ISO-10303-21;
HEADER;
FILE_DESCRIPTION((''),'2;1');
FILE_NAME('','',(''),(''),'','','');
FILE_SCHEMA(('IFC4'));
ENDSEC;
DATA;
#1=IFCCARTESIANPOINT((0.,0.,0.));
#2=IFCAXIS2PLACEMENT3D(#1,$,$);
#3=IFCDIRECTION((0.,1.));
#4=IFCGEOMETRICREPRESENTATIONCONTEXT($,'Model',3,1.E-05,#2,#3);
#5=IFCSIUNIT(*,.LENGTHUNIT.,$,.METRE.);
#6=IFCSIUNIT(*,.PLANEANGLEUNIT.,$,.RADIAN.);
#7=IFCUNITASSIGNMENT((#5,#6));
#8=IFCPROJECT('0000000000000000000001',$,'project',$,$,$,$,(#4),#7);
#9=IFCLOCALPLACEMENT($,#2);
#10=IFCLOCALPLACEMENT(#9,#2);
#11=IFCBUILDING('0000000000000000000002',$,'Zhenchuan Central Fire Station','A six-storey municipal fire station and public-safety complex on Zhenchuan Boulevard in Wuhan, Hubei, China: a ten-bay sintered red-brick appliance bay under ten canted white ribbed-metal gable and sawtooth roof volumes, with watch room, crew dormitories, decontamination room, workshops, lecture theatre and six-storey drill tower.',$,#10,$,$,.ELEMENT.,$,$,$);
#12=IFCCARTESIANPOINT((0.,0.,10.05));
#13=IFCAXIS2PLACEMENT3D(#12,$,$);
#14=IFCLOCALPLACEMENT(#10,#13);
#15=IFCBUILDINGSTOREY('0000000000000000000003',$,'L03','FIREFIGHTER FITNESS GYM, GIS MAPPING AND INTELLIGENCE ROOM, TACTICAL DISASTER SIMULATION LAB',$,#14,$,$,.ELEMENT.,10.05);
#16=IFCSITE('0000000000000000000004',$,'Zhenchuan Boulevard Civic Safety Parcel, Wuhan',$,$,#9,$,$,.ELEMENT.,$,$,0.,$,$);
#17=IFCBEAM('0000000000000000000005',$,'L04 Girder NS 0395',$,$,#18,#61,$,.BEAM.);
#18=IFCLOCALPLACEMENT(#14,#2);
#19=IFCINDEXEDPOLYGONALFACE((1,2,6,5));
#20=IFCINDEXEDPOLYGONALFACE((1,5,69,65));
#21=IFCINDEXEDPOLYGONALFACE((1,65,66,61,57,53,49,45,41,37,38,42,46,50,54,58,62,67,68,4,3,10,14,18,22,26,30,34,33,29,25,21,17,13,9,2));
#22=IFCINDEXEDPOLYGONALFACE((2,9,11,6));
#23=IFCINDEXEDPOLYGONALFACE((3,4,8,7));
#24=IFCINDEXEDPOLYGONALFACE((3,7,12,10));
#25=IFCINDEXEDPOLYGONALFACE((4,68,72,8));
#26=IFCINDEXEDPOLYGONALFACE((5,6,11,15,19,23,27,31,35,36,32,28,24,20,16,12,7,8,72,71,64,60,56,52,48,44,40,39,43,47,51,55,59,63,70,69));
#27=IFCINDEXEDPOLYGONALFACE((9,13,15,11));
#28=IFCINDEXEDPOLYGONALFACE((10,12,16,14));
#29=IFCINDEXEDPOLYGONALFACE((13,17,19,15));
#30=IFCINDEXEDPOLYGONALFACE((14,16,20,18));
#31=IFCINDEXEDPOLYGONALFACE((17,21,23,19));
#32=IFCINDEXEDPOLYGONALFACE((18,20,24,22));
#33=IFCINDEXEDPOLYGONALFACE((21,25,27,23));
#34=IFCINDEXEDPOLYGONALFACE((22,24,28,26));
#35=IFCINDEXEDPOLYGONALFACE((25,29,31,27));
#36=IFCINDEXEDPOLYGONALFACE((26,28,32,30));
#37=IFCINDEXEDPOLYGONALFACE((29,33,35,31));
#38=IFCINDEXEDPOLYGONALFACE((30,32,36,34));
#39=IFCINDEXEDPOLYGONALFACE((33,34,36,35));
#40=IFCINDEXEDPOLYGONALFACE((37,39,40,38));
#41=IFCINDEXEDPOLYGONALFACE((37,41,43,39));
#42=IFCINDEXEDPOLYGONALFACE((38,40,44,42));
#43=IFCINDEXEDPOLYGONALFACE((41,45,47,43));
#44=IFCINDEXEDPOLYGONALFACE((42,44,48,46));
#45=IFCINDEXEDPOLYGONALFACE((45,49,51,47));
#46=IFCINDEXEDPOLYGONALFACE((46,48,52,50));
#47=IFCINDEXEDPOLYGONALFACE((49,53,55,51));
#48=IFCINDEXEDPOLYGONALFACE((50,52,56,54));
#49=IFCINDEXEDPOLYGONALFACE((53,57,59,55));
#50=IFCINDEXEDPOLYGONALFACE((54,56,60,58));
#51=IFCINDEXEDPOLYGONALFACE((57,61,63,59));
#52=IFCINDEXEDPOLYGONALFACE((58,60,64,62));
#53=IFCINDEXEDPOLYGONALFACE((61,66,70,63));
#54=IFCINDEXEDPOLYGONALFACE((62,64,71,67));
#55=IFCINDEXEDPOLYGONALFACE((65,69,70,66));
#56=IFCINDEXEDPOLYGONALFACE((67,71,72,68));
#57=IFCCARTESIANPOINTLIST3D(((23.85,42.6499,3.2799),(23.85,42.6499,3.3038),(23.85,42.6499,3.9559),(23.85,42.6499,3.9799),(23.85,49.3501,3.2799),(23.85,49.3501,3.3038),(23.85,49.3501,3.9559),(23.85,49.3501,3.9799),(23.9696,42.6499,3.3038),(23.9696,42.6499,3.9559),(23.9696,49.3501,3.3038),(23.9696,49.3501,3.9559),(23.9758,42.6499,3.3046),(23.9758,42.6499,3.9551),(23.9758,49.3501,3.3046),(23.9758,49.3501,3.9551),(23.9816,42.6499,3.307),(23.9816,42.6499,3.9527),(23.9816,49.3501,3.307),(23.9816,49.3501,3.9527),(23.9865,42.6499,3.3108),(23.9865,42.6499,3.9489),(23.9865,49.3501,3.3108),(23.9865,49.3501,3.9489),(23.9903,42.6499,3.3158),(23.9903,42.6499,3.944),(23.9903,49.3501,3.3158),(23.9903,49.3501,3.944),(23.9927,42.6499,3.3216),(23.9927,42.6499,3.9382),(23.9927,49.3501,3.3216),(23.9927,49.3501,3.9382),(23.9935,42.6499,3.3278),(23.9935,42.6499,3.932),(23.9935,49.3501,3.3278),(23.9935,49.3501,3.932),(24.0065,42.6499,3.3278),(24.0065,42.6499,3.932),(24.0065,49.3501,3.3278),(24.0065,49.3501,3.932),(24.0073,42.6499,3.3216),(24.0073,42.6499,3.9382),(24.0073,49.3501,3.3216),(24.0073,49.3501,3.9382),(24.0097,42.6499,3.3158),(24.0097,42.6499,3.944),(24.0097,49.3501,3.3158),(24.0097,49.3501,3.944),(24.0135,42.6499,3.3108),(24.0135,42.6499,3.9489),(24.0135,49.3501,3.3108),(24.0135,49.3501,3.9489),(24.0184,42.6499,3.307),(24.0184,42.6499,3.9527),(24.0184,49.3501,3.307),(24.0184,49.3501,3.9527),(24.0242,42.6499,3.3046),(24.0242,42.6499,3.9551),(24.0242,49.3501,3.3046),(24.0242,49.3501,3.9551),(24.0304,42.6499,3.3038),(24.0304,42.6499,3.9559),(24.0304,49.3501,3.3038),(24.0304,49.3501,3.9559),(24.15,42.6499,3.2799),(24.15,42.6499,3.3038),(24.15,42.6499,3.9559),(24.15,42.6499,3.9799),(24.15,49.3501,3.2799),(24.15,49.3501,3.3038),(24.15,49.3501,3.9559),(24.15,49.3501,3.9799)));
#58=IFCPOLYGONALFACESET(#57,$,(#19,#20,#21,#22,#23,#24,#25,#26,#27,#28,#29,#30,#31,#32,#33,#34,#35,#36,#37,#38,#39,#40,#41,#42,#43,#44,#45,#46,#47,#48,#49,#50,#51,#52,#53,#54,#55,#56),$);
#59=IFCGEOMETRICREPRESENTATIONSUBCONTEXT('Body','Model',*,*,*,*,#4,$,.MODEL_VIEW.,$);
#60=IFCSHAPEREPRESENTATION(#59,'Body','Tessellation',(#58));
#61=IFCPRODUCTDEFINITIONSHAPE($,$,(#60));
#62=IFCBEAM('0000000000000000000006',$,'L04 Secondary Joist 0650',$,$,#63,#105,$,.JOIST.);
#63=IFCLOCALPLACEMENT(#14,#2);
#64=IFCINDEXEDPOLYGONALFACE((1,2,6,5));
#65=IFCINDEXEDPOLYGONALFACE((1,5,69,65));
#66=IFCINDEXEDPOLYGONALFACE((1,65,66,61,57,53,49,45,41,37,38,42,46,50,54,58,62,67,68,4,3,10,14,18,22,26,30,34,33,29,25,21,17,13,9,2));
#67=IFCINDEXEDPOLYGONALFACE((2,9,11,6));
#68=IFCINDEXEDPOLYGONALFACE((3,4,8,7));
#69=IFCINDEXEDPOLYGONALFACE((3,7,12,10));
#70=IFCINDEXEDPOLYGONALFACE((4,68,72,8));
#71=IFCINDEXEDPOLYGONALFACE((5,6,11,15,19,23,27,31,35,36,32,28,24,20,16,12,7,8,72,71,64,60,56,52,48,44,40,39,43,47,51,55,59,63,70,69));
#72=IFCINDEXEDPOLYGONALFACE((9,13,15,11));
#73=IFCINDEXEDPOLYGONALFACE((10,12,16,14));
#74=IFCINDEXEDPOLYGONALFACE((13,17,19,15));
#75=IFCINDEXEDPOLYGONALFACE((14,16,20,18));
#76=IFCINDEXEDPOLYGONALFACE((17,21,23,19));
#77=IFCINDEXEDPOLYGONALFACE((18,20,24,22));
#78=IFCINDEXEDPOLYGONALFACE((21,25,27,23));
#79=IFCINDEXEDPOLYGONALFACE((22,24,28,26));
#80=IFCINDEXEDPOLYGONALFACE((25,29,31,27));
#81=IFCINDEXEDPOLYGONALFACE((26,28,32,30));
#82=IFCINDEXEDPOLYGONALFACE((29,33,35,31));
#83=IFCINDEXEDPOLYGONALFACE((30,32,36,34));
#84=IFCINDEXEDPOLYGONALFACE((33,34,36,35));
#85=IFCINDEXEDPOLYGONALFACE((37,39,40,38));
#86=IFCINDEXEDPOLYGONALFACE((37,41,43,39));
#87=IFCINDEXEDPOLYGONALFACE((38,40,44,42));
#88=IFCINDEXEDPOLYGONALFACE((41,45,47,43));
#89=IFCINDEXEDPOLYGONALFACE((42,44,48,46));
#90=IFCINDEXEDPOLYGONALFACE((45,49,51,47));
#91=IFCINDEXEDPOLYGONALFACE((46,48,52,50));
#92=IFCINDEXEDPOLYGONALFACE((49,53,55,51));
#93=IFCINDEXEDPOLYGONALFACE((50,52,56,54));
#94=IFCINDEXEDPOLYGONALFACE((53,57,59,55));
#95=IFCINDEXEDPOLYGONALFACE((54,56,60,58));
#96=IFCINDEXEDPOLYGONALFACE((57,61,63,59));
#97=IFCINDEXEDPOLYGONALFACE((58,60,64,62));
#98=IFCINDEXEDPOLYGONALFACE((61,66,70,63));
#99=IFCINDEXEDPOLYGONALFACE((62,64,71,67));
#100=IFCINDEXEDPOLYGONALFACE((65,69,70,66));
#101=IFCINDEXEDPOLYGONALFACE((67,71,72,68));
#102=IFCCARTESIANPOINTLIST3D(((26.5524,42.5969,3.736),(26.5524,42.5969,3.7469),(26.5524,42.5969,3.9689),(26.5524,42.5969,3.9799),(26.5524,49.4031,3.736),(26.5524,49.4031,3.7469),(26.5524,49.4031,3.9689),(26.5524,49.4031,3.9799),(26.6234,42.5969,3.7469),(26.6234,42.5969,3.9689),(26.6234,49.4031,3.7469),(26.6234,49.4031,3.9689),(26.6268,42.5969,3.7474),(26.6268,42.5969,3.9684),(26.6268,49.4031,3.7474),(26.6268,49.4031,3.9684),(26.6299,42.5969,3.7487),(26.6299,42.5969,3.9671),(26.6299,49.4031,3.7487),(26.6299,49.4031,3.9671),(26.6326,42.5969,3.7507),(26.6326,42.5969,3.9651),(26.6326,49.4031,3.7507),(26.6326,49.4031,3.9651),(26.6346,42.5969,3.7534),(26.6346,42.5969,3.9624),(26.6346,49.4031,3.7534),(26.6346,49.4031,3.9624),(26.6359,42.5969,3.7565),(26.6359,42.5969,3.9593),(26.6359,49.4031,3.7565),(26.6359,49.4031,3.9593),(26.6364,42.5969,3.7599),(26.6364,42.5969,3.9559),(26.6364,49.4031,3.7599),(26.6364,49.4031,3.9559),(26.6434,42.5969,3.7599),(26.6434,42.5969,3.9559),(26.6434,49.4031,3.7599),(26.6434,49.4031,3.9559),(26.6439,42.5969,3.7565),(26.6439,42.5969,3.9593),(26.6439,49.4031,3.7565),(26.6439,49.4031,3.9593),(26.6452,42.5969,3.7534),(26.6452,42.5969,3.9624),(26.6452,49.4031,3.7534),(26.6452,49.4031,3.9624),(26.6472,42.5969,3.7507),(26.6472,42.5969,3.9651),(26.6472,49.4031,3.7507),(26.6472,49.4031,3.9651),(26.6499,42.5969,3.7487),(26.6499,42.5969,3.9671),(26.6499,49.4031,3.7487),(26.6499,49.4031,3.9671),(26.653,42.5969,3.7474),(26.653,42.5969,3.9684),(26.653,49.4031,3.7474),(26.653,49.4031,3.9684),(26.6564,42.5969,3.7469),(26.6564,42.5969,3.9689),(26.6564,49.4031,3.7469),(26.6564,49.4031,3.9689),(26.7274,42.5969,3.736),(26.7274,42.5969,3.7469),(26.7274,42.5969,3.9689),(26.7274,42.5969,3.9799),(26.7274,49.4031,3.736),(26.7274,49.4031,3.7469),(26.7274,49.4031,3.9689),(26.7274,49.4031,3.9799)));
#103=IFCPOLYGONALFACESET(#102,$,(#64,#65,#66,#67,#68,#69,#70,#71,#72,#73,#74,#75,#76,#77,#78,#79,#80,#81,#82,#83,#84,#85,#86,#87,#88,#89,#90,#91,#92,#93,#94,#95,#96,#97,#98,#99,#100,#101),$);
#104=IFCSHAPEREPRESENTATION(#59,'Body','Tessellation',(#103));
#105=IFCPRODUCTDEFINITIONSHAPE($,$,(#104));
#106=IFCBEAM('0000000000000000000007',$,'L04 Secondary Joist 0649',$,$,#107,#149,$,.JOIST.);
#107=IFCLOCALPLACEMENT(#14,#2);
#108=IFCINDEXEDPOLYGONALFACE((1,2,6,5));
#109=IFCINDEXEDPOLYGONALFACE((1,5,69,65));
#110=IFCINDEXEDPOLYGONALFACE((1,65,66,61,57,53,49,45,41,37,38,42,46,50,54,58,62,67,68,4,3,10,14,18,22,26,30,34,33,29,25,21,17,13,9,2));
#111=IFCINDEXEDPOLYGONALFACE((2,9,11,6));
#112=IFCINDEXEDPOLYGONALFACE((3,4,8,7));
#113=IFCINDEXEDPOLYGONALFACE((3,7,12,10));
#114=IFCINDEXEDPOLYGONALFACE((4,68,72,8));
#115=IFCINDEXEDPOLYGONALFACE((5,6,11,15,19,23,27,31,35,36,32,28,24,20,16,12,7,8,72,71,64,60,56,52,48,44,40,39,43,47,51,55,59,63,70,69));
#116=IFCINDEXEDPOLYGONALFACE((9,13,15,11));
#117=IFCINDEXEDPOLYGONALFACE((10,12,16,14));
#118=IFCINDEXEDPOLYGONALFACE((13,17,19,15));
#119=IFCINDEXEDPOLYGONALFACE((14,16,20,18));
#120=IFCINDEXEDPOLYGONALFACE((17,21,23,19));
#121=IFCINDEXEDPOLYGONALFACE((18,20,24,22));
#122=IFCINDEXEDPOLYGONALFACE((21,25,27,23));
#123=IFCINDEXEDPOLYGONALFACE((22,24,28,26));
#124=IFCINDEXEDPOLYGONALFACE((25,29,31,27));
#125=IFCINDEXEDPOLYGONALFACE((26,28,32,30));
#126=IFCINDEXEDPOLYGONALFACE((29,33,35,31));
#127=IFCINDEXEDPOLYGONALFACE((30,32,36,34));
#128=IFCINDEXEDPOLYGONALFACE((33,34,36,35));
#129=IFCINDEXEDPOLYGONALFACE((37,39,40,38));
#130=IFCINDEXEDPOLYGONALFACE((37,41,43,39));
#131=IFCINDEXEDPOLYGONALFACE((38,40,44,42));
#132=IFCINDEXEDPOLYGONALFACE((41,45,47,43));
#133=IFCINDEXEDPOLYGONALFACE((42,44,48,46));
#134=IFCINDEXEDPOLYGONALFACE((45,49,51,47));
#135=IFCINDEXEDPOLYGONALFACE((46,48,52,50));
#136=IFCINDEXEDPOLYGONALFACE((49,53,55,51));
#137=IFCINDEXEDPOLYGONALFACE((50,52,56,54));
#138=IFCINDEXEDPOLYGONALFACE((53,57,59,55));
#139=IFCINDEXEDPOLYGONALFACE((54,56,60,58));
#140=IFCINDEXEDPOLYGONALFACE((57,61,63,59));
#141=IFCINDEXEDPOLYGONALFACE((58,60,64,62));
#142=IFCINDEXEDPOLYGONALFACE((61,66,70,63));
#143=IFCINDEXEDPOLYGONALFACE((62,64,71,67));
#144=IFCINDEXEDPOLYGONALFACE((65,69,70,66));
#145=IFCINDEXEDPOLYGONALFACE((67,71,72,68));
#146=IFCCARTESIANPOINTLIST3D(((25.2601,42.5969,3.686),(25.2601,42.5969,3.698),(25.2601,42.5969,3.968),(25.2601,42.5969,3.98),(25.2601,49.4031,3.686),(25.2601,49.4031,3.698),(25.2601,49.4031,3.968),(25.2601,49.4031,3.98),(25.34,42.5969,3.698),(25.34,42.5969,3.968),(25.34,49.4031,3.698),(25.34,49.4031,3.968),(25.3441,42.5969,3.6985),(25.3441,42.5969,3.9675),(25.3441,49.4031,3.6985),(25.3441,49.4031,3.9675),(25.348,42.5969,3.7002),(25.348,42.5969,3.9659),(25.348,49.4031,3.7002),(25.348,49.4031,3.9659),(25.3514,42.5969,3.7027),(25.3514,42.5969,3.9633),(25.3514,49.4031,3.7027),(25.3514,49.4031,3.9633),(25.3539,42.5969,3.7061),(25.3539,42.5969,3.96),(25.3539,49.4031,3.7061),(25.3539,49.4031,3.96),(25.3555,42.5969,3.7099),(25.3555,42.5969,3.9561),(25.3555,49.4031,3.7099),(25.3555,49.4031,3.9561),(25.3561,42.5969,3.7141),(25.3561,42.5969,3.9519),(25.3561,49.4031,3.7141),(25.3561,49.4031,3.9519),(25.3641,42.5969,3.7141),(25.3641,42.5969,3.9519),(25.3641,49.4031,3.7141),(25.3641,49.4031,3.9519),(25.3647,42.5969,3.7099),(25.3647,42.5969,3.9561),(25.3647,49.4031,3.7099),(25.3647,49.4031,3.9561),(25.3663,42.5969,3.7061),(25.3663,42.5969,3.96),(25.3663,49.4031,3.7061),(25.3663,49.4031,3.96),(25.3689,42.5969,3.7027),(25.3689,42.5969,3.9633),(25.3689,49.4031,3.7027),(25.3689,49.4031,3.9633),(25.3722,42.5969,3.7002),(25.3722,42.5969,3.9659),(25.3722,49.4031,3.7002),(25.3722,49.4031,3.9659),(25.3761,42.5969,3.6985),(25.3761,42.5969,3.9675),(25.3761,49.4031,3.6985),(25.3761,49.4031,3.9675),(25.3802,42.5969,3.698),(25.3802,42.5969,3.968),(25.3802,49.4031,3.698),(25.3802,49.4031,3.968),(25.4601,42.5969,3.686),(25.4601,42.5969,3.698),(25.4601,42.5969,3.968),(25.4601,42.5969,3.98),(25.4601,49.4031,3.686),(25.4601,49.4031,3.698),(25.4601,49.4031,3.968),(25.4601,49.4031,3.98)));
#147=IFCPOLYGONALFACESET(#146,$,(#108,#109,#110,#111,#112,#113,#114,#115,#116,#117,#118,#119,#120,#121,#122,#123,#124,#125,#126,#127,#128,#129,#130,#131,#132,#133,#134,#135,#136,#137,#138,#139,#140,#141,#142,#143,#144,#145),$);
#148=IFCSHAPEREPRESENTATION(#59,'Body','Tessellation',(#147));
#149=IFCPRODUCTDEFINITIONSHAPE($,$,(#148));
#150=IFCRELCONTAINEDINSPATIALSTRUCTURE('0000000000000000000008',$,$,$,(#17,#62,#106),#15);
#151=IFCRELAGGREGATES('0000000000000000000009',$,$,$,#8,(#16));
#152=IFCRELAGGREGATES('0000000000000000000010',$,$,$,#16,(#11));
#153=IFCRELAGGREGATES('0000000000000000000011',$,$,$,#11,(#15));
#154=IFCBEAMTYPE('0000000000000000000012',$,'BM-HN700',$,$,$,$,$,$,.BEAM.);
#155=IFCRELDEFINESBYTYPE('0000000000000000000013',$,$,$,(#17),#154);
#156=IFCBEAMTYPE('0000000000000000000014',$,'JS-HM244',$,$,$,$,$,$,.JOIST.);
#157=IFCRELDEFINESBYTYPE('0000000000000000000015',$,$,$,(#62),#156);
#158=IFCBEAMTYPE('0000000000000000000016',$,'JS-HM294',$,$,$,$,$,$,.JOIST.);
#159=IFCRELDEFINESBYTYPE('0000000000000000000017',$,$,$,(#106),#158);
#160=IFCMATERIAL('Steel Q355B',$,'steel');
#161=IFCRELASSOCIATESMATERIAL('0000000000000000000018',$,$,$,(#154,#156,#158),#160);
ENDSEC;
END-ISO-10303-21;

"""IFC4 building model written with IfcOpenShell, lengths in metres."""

from ifc_helpers import new_model, si_unit, direction, frame, origin, origin_2d, place, context, subcontext, project, spatial, i_section, extrude, material, material_profile, profile_set, type_object, element, save


model = new_model("IFC4")

# Units and contexts
model_context = context("Model", 3, precision=1e-05, world=origin(), true_north=direction((0.0, 1.0)))
body_context = subcontext(model_context, "Body", "Model", "MODEL_VIEW")
ifc_project = project(units=[si_unit("LENGTHUNIT", "METRE"), si_unit("PLANEANGLEUNIT", "RADIAN")], contexts=[model_context])

# Site, building, storey
site_placement = place(None, origin())
site = spatial("IfcSite", under=ifc_project, at=site_placement, Name="Zhenchuan Boulevard Civic Safety Parcel, Wuhan", CompositionType="ELEMENT", RefElevation=0.0)
building_placement = place(site_placement, origin())
building = spatial("IfcBuilding", under=site, at=building_placement, Name="Zhenchuan Central Fire Station", Description="A six-storey municipal fire station and public-safety complex on Zhenchuan Boulevard in Wuhan, Hubei, China: a ten-bay sintered red-brick appliance bay under ten canted white ribbed-metal gable and sawtooth roof volumes, with watch room, crew dormitories, decontamination room, workshops, lecture theatre and six-storey drill tower.", CompositionType="ELEMENT")
storey_placement = place(building_placement, frame((0.0, 0.0, 10.05)))
storey = spatial("IfcBuildingStorey", under=building, at=storey_placement, Name="L03", Description="FIREFIGHTER FITNESS GYM, GIS MAPPING AND INTELLIGENCE ROOM, TACTICAL DISASTER SIMULATION LAB", CompositionType="ELEMENT", Elevation=10.05)

# Shared definitions
ifc_material_1 = material(Name="Steel Q355B", Category="steel")

# Beams
ifc_material_profile_1 = material_profile(ifc_material_1, i_section(OverallWidth=0.3, OverallDepth=0.7, WebThickness=0.0129, FlangeThickness=0.0239, FilletRadius=0.0239, at=origin_2d()), Name="HN 700x300")
ifc_profile_set_1 = profile_set([ifc_material_profile_1], Name="Steel Q355B")
beam_type_1 = type_object("IfcBeamType", Name="BM-HN700", PredefinedType="BEAM", material=ifc_profile_set_1)
beam_1_placement = place(storey_placement, frame((24.0, 42.6499, 3.6299), z_axis=(0.0, 1.0, 0.0), x_axis=(-1.0, 0.0, 0.0)))
element("IfcBeam", 1, at=beam_1_placement, inside=storey, type_object=beam_type_1, Name="L04 Girder NS 0395", PredefinedType="BEAM", context=body_context, shape_type="SweptSolid", body=[
    extrude(i_section(OverallWidth=0.3, OverallDepth=0.7, WebThickness=0.0129, FlangeThickness=0.0239, FilletRadius=0.0239, at=origin_2d()), origin(), (0.0, 0.0, 1.0), 6.7002),
])
ifc_material_profile_2 = material_profile(ifc_material_1, i_section(OverallWidth=0.175, OverallDepth=0.2439, WebThickness=0.0071, FlangeThickness=0.011, FilletRadius=0.0129, at=origin_2d()), Name="HM 244x175")
ifc_profile_set_2 = profile_set([ifc_material_profile_2], Name="Steel Q355B")
beam_type_2 = type_object("IfcBeamType", Name="JS-HM244", PredefinedType="JOIST", material=ifc_profile_set_2)
beam_2_placement = place(storey_placement, frame((26.6399, 42.5969, 3.8579), z_axis=(0.0, 1.0, 0.0), x_axis=(-1.0, 0.0, 0.0)))
element("IfcBeam", 2, at=beam_2_placement, inside=storey, type_object=beam_type_2, Name="L04 Secondary Joist 0650", PredefinedType="JOIST", context=body_context, shape_type="SweptSolid", body=[
    extrude(i_section(OverallWidth=0.175, OverallDepth=0.2439, WebThickness=0.0071, FlangeThickness=0.011, FilletRadius=0.0129, at=origin_2d()), origin(), (0.0, 0.0, 1.0), 6.8062),
])
ifc_material_profile_3 = material_profile(ifc_material_1, i_section(OverallWidth=0.2, OverallDepth=0.2939, WebThickness=0.0081, FlangeThickness=0.012, FilletRadius=0.0161, at=origin_2d()), Name="HM 294x200")
ifc_profile_set_3 = profile_set([ifc_material_profile_3], Name="Steel Q355B")
beam_type_3 = type_object("IfcBeamType", Name="JS-HM294", PredefinedType="JOIST", material=ifc_profile_set_3)
beam_3_placement = place(storey_placement, frame((25.3601, 42.5969, 3.833), z_axis=(0.0, 1.0, 0.0), x_axis=(-1.0, 0.0, 0.0)))
element("IfcBeam", 3, at=beam_3_placement, inside=storey, type_object=beam_type_3, Name="L04 Secondary Joist 0649", PredefinedType="JOIST", context=body_context, shape_type="SweptSolid", body=[
    extrude(i_section(OverallWidth=0.2, OverallDepth=0.2939, WebThickness=0.0081, FlangeThickness=0.012, FilletRadius=0.0161, at=origin_2d()), origin(), (0.0, 0.0, 1.0), 6.8062),
])

save(model, "model.ifc")
